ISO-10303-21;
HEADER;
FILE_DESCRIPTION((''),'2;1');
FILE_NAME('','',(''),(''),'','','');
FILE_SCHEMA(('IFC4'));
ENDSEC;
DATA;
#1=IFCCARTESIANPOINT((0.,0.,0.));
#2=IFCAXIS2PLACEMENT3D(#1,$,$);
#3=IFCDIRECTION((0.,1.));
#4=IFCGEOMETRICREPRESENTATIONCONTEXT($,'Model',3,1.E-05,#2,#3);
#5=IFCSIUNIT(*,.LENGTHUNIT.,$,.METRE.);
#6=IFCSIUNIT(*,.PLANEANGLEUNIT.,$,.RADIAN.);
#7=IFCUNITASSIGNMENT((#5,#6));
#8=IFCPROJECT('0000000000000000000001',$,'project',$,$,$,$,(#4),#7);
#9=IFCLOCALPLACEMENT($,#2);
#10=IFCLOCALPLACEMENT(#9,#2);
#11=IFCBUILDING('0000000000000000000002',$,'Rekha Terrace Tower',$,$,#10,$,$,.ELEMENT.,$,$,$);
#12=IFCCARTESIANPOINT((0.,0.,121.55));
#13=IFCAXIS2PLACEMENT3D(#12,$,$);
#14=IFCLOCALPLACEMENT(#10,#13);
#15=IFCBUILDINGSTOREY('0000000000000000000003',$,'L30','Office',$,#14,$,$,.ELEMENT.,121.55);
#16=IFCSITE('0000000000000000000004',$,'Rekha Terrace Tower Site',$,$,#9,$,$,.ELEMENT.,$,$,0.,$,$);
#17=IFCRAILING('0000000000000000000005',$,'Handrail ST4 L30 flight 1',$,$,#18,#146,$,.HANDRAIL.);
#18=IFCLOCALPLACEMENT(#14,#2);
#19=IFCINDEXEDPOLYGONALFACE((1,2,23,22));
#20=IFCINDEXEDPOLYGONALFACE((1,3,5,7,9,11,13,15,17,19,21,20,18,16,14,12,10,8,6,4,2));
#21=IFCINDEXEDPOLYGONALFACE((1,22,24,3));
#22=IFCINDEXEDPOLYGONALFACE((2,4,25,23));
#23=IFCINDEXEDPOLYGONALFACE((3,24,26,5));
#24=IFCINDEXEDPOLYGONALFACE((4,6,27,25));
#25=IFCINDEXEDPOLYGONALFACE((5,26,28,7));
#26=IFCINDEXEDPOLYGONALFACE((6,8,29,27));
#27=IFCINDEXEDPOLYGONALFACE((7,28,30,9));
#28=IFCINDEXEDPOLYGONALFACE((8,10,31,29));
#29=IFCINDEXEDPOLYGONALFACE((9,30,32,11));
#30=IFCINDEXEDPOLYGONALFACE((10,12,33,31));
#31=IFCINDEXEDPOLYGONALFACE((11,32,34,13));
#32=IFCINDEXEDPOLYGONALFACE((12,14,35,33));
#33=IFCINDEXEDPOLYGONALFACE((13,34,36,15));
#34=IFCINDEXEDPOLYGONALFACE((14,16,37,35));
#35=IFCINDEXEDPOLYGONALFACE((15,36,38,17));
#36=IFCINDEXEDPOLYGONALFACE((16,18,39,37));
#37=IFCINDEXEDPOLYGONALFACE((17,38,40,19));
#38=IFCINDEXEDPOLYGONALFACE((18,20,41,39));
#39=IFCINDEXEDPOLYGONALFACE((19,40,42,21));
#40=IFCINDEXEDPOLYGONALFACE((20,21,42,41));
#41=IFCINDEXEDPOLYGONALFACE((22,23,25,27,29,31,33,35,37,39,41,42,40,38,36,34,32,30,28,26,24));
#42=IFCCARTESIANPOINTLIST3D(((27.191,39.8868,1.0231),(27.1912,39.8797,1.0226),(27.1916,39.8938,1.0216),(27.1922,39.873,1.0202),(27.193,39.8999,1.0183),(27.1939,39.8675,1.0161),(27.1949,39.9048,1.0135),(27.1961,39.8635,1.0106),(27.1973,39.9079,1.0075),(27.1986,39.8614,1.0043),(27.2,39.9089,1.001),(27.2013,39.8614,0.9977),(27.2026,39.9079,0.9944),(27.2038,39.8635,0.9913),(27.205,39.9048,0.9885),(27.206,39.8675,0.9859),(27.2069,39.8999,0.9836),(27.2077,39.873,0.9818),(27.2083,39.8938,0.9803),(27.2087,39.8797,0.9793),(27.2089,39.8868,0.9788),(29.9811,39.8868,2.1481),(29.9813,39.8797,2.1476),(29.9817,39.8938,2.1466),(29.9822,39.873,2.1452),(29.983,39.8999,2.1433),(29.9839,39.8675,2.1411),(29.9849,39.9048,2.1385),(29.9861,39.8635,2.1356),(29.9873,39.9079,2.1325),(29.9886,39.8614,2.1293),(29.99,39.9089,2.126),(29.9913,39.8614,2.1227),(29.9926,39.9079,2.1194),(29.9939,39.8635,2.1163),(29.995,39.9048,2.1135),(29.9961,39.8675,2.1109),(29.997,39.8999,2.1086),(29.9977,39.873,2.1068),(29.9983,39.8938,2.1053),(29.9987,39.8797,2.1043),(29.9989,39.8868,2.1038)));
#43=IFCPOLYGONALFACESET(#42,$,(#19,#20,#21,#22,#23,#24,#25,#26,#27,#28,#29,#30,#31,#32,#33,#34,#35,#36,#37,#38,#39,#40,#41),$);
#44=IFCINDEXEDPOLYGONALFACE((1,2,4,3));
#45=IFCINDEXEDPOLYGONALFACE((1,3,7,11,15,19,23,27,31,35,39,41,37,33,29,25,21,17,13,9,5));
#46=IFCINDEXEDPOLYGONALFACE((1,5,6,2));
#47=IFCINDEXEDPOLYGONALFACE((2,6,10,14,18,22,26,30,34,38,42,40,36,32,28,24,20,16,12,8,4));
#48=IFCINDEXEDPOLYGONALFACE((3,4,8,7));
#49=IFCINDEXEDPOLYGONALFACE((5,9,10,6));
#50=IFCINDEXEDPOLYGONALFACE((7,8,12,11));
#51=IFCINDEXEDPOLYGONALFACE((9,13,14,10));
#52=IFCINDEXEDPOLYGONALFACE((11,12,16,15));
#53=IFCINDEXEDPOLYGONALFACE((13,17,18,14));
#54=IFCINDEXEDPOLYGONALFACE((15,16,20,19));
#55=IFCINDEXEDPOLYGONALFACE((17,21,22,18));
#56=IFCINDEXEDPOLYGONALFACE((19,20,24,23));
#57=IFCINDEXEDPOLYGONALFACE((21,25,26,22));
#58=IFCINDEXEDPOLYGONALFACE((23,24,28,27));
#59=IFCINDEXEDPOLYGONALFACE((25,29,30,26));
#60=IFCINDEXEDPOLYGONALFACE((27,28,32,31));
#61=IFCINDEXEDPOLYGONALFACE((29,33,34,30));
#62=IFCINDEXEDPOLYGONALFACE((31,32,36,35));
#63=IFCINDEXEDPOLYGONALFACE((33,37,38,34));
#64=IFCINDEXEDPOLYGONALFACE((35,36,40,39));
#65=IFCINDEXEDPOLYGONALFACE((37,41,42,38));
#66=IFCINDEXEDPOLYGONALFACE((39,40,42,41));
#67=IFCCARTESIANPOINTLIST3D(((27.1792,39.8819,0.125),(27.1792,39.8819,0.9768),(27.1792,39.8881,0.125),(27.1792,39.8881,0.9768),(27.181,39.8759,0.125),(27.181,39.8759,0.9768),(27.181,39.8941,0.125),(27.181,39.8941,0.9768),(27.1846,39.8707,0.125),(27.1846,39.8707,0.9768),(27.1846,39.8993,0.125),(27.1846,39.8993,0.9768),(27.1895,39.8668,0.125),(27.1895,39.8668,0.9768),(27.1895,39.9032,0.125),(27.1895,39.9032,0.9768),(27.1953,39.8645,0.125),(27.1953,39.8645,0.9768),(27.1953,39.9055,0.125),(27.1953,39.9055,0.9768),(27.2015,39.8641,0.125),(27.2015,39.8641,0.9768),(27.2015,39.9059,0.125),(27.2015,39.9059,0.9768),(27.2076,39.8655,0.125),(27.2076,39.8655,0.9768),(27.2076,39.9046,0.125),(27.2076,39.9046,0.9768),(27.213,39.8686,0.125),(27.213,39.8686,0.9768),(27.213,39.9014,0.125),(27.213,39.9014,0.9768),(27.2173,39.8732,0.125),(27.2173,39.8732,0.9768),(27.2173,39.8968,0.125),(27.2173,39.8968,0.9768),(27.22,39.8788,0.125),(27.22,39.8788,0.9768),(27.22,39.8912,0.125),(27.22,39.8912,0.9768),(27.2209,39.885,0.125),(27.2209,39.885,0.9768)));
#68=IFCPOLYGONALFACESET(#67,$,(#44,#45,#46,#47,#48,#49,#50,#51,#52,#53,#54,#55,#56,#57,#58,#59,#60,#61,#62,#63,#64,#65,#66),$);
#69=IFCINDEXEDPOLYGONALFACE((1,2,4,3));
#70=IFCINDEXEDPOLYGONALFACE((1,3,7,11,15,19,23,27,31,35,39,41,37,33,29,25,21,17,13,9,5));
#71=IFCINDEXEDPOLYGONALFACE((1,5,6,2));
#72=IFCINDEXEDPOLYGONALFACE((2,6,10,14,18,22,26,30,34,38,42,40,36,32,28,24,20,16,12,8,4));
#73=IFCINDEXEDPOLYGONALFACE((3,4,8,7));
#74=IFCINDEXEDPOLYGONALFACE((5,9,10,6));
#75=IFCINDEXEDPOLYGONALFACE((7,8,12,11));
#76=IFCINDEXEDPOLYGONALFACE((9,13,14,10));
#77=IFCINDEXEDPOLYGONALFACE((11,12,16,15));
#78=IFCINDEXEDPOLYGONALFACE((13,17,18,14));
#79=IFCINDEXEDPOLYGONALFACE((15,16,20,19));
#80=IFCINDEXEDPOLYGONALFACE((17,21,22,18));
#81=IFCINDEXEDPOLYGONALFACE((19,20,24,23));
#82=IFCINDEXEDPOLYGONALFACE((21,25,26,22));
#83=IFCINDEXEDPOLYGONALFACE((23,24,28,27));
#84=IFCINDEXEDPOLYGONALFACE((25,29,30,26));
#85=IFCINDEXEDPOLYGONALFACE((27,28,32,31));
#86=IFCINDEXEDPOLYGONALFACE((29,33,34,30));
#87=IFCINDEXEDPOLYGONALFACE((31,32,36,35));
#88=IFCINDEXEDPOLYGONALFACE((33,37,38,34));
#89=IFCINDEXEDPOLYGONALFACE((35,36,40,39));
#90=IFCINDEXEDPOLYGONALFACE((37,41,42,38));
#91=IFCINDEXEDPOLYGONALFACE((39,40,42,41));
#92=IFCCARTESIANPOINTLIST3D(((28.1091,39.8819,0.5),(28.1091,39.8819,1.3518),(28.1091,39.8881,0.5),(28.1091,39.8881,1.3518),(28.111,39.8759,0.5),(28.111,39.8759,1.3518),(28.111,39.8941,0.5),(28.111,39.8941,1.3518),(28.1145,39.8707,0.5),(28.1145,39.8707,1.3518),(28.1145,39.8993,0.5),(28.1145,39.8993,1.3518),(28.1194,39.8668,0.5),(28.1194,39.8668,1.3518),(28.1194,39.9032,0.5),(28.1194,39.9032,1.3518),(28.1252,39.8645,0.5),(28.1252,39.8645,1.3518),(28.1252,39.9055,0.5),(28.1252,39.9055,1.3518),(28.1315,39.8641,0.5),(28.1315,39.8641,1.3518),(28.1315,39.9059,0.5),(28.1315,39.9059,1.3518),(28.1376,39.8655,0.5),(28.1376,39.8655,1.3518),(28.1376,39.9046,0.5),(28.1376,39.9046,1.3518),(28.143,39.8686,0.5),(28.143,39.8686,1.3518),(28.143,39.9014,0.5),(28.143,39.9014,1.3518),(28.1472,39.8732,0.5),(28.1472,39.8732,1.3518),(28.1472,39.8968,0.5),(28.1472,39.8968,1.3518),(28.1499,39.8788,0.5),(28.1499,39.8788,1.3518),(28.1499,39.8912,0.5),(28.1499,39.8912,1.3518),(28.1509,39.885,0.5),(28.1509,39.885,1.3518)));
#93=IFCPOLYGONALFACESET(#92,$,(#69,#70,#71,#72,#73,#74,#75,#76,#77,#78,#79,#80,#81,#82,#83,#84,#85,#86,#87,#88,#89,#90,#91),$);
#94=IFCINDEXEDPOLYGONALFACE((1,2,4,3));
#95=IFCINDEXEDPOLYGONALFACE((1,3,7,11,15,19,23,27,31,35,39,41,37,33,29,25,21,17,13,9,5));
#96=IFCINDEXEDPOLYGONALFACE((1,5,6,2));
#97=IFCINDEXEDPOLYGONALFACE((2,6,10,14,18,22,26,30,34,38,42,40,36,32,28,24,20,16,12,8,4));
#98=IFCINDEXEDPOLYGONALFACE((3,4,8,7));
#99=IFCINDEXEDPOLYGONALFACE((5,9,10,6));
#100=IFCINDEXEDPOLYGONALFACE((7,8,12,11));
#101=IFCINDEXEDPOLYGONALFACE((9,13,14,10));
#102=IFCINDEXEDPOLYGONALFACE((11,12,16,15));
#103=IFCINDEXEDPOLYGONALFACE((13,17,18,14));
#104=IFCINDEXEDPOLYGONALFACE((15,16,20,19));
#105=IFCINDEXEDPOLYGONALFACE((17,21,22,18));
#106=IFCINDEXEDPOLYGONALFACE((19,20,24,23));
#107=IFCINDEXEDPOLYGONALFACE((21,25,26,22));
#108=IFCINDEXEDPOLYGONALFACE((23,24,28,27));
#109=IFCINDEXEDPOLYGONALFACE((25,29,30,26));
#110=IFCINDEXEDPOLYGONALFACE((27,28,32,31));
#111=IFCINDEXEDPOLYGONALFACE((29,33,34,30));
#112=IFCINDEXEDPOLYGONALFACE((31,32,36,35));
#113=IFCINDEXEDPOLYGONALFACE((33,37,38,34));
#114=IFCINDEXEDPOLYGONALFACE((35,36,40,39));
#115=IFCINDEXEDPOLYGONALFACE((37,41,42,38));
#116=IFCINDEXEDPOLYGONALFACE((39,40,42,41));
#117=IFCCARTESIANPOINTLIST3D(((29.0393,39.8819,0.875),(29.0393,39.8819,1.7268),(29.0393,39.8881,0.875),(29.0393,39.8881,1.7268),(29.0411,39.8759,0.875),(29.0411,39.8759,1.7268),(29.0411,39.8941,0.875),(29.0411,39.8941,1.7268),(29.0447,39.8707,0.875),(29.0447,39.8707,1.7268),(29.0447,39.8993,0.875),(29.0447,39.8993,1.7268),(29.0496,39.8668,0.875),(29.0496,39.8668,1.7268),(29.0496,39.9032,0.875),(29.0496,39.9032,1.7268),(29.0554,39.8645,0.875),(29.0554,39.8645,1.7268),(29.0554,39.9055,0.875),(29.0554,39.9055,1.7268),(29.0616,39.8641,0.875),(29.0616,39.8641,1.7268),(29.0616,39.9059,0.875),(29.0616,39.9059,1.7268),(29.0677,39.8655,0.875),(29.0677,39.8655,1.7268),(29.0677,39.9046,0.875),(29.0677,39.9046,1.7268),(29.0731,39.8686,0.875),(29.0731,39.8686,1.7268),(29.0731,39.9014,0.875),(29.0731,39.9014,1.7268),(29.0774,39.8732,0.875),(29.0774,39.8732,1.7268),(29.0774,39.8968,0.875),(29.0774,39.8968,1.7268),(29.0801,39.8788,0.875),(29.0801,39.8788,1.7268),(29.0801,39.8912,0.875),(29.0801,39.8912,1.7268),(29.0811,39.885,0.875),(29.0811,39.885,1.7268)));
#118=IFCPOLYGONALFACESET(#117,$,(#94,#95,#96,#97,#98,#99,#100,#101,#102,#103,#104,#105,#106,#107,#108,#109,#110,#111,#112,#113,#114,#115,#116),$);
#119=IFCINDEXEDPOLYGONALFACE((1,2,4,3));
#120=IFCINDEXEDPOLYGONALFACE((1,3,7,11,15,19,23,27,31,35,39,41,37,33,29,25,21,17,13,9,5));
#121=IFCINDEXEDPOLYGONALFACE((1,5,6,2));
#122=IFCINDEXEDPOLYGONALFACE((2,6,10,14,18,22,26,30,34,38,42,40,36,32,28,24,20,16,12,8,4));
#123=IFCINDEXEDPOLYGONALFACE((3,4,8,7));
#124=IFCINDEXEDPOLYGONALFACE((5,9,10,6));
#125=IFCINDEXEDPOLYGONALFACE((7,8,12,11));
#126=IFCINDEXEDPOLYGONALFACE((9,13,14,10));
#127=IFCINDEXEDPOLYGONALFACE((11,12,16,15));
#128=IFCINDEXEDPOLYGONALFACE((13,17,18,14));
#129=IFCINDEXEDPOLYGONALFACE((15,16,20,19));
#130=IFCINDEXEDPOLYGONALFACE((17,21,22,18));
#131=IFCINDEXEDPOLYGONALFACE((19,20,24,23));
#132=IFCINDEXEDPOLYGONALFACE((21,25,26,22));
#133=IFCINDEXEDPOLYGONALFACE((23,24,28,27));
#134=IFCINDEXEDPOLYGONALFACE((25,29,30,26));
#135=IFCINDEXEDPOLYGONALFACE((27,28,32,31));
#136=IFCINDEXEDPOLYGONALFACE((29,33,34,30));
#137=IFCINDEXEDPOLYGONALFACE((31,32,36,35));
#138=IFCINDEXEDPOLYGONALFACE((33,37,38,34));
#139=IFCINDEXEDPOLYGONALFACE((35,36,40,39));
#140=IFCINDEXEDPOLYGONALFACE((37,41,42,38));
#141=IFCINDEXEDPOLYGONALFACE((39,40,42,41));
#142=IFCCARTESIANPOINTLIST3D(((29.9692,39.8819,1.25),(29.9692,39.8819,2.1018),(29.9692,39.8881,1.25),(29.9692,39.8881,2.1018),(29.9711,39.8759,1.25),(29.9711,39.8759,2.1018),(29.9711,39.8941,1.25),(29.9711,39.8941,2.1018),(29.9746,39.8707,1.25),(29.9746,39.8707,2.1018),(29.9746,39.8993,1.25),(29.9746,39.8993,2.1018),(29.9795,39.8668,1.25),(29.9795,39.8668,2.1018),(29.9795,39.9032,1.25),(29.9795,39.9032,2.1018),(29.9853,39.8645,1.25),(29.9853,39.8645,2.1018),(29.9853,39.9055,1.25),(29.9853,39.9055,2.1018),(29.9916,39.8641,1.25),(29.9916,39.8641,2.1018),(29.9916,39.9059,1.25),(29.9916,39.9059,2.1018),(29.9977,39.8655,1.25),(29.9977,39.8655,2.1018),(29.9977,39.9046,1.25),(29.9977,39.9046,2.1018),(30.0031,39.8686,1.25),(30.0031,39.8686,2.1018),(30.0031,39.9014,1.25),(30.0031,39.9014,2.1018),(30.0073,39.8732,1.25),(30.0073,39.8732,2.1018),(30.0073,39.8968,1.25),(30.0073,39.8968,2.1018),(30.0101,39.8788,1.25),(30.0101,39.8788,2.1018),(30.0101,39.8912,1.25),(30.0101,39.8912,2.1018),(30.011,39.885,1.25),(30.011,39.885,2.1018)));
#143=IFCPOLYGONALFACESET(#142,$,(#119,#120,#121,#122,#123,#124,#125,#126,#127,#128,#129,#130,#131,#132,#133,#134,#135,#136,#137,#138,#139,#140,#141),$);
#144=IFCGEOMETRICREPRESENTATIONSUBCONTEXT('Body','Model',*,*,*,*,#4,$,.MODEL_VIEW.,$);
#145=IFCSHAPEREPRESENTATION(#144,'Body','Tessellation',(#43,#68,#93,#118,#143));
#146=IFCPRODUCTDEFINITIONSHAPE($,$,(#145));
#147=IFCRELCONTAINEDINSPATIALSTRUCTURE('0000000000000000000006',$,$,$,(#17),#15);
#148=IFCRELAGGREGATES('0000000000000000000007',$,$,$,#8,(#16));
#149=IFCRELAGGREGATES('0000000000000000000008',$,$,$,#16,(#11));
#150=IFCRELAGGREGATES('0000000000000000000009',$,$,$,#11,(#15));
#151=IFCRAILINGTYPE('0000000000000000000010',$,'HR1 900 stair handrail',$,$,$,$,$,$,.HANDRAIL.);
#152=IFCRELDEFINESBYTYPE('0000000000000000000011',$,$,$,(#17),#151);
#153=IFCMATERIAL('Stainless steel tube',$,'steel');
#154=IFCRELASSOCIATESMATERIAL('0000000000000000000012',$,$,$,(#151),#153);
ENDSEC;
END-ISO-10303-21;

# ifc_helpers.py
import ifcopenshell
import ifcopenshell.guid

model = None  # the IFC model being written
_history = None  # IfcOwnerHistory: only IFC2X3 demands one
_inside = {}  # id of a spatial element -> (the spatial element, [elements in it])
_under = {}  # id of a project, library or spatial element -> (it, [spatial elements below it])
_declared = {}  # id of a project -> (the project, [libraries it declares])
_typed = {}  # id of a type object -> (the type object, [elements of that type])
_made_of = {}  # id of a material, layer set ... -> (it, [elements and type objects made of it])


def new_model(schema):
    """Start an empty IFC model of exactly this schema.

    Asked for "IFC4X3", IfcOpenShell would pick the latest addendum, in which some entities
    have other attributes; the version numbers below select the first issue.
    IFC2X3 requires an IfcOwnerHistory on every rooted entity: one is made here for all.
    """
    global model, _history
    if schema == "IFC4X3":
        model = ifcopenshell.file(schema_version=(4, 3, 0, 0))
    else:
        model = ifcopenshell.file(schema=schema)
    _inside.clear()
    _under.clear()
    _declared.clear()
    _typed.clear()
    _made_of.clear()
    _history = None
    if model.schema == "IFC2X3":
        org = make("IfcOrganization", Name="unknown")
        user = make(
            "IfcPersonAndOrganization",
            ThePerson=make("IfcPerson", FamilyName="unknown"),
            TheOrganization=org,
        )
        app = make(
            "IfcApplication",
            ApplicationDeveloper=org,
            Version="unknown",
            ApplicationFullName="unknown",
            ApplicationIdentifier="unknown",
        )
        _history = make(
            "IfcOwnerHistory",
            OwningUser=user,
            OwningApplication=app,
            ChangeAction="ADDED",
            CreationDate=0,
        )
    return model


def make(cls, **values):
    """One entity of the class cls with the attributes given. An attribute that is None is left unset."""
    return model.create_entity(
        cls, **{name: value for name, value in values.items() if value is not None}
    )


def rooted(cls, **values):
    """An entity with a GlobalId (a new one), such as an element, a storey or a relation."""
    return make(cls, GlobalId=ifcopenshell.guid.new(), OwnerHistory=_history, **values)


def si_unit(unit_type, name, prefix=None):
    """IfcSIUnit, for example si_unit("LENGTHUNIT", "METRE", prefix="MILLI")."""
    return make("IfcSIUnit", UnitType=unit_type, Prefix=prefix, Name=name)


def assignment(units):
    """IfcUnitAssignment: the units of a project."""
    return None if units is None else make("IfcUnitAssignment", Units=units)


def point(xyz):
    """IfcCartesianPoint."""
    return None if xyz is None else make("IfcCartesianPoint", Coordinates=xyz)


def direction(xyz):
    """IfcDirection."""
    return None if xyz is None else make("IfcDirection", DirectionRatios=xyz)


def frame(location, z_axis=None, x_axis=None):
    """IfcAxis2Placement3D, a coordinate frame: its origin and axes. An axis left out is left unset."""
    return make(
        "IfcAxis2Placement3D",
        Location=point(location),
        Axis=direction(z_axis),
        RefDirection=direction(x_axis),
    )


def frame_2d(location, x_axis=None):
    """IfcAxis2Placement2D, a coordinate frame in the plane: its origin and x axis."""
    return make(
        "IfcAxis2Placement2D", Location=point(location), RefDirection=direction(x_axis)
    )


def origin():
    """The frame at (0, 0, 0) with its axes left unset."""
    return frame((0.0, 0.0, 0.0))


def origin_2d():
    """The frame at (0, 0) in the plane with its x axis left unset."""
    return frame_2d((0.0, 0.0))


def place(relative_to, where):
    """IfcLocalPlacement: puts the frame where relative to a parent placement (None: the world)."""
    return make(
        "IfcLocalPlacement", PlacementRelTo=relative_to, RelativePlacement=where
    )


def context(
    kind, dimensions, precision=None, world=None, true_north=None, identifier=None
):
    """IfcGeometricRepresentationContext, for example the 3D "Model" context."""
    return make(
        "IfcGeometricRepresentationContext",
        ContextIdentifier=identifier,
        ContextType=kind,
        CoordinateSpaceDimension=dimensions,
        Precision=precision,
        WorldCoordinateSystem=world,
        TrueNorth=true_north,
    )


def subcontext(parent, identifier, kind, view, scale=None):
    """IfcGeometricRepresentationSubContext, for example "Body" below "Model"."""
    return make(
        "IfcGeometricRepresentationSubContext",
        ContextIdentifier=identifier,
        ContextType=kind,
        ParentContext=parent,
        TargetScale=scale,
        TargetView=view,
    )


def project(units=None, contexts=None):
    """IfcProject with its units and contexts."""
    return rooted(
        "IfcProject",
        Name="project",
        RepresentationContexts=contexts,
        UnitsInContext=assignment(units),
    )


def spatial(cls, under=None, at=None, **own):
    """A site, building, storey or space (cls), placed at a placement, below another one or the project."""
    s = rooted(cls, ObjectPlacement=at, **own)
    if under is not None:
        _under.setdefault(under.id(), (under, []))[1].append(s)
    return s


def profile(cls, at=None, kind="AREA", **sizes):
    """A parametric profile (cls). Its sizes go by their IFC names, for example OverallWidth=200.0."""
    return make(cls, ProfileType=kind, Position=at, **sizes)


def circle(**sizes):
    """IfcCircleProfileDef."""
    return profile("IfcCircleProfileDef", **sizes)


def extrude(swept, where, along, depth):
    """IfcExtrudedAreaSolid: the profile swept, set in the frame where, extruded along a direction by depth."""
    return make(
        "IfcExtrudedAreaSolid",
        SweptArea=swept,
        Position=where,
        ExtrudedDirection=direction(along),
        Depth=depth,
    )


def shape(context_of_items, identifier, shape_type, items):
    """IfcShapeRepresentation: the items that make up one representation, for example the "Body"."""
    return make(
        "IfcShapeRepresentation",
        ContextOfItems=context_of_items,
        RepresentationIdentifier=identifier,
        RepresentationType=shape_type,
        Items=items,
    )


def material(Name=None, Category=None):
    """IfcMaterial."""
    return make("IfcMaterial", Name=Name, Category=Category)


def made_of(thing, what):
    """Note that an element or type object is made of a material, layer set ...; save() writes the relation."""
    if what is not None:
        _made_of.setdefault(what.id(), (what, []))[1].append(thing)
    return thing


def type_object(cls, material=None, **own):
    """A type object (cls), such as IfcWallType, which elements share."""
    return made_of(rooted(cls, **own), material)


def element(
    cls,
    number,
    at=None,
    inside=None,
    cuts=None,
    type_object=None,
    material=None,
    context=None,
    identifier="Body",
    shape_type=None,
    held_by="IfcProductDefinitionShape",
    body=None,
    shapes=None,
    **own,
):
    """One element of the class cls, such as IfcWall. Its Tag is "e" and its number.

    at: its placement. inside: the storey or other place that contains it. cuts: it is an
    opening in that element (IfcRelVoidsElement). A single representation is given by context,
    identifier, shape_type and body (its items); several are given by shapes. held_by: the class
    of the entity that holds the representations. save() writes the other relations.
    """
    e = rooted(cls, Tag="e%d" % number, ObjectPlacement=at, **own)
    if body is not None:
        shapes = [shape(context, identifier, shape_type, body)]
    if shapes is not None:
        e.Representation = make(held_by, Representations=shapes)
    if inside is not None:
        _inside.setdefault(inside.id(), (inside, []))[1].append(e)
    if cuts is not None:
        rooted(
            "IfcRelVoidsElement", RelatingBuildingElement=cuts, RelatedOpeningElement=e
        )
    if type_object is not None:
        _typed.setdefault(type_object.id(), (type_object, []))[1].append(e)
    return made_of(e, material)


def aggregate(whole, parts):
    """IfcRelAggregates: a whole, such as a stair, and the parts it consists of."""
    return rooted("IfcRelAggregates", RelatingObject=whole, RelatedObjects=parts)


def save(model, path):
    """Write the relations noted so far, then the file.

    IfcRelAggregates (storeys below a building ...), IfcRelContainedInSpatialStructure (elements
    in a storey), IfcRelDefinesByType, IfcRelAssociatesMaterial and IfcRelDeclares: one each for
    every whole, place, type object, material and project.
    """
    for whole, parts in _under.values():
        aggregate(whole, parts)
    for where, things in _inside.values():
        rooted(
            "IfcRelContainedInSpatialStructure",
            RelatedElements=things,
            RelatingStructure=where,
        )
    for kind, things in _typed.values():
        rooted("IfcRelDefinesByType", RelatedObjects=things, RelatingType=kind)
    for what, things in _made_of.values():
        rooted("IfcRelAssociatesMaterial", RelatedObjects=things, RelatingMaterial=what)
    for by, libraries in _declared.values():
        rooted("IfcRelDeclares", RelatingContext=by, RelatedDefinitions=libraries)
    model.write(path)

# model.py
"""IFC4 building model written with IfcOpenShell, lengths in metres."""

from ifc_helpers import new_model, si_unit, direction, frame, origin, origin_2d, place, context, subcontext, project, spatial, circle, extrude, material, type_object, element, save


model = new_model("IFC4")

# Units and contexts
model_context = context("Model", 3, precision=1e-05, world=origin(), true_north=direction((0.0, 1.0)))
body_context = subcontext(model_context, "Body", "Model", "MODEL_VIEW")
ifc_project = project(units=[si_unit("LENGTHUNIT", "METRE"), si_unit("PLANEANGLEUNIT", "RADIAN")], contexts=[model_context])

# Site, building, storey
site_placement = place(None, origin())
site = spatial("IfcSite", under=ifc_project, at=site_placement, Name="Rekha Terrace Tower Site", CompositionType="ELEMENT", RefElevation=0.0)
building_placement = place(site_placement, origin())
building = spatial("IfcBuilding", under=site, at=building_placement, Name="Rekha Terrace Tower", CompositionType="ELEMENT")
storey_placement = place(building_placement, frame((0.0, 0.0, 121.55)))
storey = spatial("IfcBuildingStorey", under=building, at=storey_placement, Name="L30", Description="Office", CompositionType="ELEMENT", Elevation=121.55)

# Railing
ifc_material_1 = material(Name="Stainless steel tube", Category="steel")
railing_type_1 = type_object("IfcRailingType", Name="HR1 900 stair handrail", PredefinedType="HANDRAIL", material=ifc_material_1)
railing_1_placement = place(storey_placement, frame((27.2, 39.885, 0.125)))
element("IfcRailing", 1, at=railing_1_placement, inside=storey, type_object=railing_type_1, Name="Handrail ST4 L30 flight 1", PredefinedType="HANDRAIL", context=body_context, shape_type="SweptSolid", body=[
    extrude(circle(Radius=0.0239, at=origin_2d()), frame((0.0, 0.0, 0.876), z_axis=(0.927443, 0.0, 0.373964), x_axis=(0.0, 1.0, 0.0)), (0.0, 0.0, 1.0), 3.0083),
    extrude(circle(Radius=0.021, at=origin_2d()), origin(), (0.0, 0.0, 1.0), 0.8518),
    extrude(circle(Radius=0.021, at=origin_2d()), frame((0.9299, 0.0, 0.375)), (0.0, 0.0, 1.0), 0.8518),
    extrude(circle(Radius=0.021, at=origin_2d()), frame((1.8601, 0.0, 0.75)), (0.0, 0.0, 1.0), 0.8518),
    extrude(circle(Radius=0.021, at=origin_2d()), frame((2.79, 0.0, 1.125)), (0.0, 0.0, 1.0), 0.8518),
])

save(model, "model.ifc")
